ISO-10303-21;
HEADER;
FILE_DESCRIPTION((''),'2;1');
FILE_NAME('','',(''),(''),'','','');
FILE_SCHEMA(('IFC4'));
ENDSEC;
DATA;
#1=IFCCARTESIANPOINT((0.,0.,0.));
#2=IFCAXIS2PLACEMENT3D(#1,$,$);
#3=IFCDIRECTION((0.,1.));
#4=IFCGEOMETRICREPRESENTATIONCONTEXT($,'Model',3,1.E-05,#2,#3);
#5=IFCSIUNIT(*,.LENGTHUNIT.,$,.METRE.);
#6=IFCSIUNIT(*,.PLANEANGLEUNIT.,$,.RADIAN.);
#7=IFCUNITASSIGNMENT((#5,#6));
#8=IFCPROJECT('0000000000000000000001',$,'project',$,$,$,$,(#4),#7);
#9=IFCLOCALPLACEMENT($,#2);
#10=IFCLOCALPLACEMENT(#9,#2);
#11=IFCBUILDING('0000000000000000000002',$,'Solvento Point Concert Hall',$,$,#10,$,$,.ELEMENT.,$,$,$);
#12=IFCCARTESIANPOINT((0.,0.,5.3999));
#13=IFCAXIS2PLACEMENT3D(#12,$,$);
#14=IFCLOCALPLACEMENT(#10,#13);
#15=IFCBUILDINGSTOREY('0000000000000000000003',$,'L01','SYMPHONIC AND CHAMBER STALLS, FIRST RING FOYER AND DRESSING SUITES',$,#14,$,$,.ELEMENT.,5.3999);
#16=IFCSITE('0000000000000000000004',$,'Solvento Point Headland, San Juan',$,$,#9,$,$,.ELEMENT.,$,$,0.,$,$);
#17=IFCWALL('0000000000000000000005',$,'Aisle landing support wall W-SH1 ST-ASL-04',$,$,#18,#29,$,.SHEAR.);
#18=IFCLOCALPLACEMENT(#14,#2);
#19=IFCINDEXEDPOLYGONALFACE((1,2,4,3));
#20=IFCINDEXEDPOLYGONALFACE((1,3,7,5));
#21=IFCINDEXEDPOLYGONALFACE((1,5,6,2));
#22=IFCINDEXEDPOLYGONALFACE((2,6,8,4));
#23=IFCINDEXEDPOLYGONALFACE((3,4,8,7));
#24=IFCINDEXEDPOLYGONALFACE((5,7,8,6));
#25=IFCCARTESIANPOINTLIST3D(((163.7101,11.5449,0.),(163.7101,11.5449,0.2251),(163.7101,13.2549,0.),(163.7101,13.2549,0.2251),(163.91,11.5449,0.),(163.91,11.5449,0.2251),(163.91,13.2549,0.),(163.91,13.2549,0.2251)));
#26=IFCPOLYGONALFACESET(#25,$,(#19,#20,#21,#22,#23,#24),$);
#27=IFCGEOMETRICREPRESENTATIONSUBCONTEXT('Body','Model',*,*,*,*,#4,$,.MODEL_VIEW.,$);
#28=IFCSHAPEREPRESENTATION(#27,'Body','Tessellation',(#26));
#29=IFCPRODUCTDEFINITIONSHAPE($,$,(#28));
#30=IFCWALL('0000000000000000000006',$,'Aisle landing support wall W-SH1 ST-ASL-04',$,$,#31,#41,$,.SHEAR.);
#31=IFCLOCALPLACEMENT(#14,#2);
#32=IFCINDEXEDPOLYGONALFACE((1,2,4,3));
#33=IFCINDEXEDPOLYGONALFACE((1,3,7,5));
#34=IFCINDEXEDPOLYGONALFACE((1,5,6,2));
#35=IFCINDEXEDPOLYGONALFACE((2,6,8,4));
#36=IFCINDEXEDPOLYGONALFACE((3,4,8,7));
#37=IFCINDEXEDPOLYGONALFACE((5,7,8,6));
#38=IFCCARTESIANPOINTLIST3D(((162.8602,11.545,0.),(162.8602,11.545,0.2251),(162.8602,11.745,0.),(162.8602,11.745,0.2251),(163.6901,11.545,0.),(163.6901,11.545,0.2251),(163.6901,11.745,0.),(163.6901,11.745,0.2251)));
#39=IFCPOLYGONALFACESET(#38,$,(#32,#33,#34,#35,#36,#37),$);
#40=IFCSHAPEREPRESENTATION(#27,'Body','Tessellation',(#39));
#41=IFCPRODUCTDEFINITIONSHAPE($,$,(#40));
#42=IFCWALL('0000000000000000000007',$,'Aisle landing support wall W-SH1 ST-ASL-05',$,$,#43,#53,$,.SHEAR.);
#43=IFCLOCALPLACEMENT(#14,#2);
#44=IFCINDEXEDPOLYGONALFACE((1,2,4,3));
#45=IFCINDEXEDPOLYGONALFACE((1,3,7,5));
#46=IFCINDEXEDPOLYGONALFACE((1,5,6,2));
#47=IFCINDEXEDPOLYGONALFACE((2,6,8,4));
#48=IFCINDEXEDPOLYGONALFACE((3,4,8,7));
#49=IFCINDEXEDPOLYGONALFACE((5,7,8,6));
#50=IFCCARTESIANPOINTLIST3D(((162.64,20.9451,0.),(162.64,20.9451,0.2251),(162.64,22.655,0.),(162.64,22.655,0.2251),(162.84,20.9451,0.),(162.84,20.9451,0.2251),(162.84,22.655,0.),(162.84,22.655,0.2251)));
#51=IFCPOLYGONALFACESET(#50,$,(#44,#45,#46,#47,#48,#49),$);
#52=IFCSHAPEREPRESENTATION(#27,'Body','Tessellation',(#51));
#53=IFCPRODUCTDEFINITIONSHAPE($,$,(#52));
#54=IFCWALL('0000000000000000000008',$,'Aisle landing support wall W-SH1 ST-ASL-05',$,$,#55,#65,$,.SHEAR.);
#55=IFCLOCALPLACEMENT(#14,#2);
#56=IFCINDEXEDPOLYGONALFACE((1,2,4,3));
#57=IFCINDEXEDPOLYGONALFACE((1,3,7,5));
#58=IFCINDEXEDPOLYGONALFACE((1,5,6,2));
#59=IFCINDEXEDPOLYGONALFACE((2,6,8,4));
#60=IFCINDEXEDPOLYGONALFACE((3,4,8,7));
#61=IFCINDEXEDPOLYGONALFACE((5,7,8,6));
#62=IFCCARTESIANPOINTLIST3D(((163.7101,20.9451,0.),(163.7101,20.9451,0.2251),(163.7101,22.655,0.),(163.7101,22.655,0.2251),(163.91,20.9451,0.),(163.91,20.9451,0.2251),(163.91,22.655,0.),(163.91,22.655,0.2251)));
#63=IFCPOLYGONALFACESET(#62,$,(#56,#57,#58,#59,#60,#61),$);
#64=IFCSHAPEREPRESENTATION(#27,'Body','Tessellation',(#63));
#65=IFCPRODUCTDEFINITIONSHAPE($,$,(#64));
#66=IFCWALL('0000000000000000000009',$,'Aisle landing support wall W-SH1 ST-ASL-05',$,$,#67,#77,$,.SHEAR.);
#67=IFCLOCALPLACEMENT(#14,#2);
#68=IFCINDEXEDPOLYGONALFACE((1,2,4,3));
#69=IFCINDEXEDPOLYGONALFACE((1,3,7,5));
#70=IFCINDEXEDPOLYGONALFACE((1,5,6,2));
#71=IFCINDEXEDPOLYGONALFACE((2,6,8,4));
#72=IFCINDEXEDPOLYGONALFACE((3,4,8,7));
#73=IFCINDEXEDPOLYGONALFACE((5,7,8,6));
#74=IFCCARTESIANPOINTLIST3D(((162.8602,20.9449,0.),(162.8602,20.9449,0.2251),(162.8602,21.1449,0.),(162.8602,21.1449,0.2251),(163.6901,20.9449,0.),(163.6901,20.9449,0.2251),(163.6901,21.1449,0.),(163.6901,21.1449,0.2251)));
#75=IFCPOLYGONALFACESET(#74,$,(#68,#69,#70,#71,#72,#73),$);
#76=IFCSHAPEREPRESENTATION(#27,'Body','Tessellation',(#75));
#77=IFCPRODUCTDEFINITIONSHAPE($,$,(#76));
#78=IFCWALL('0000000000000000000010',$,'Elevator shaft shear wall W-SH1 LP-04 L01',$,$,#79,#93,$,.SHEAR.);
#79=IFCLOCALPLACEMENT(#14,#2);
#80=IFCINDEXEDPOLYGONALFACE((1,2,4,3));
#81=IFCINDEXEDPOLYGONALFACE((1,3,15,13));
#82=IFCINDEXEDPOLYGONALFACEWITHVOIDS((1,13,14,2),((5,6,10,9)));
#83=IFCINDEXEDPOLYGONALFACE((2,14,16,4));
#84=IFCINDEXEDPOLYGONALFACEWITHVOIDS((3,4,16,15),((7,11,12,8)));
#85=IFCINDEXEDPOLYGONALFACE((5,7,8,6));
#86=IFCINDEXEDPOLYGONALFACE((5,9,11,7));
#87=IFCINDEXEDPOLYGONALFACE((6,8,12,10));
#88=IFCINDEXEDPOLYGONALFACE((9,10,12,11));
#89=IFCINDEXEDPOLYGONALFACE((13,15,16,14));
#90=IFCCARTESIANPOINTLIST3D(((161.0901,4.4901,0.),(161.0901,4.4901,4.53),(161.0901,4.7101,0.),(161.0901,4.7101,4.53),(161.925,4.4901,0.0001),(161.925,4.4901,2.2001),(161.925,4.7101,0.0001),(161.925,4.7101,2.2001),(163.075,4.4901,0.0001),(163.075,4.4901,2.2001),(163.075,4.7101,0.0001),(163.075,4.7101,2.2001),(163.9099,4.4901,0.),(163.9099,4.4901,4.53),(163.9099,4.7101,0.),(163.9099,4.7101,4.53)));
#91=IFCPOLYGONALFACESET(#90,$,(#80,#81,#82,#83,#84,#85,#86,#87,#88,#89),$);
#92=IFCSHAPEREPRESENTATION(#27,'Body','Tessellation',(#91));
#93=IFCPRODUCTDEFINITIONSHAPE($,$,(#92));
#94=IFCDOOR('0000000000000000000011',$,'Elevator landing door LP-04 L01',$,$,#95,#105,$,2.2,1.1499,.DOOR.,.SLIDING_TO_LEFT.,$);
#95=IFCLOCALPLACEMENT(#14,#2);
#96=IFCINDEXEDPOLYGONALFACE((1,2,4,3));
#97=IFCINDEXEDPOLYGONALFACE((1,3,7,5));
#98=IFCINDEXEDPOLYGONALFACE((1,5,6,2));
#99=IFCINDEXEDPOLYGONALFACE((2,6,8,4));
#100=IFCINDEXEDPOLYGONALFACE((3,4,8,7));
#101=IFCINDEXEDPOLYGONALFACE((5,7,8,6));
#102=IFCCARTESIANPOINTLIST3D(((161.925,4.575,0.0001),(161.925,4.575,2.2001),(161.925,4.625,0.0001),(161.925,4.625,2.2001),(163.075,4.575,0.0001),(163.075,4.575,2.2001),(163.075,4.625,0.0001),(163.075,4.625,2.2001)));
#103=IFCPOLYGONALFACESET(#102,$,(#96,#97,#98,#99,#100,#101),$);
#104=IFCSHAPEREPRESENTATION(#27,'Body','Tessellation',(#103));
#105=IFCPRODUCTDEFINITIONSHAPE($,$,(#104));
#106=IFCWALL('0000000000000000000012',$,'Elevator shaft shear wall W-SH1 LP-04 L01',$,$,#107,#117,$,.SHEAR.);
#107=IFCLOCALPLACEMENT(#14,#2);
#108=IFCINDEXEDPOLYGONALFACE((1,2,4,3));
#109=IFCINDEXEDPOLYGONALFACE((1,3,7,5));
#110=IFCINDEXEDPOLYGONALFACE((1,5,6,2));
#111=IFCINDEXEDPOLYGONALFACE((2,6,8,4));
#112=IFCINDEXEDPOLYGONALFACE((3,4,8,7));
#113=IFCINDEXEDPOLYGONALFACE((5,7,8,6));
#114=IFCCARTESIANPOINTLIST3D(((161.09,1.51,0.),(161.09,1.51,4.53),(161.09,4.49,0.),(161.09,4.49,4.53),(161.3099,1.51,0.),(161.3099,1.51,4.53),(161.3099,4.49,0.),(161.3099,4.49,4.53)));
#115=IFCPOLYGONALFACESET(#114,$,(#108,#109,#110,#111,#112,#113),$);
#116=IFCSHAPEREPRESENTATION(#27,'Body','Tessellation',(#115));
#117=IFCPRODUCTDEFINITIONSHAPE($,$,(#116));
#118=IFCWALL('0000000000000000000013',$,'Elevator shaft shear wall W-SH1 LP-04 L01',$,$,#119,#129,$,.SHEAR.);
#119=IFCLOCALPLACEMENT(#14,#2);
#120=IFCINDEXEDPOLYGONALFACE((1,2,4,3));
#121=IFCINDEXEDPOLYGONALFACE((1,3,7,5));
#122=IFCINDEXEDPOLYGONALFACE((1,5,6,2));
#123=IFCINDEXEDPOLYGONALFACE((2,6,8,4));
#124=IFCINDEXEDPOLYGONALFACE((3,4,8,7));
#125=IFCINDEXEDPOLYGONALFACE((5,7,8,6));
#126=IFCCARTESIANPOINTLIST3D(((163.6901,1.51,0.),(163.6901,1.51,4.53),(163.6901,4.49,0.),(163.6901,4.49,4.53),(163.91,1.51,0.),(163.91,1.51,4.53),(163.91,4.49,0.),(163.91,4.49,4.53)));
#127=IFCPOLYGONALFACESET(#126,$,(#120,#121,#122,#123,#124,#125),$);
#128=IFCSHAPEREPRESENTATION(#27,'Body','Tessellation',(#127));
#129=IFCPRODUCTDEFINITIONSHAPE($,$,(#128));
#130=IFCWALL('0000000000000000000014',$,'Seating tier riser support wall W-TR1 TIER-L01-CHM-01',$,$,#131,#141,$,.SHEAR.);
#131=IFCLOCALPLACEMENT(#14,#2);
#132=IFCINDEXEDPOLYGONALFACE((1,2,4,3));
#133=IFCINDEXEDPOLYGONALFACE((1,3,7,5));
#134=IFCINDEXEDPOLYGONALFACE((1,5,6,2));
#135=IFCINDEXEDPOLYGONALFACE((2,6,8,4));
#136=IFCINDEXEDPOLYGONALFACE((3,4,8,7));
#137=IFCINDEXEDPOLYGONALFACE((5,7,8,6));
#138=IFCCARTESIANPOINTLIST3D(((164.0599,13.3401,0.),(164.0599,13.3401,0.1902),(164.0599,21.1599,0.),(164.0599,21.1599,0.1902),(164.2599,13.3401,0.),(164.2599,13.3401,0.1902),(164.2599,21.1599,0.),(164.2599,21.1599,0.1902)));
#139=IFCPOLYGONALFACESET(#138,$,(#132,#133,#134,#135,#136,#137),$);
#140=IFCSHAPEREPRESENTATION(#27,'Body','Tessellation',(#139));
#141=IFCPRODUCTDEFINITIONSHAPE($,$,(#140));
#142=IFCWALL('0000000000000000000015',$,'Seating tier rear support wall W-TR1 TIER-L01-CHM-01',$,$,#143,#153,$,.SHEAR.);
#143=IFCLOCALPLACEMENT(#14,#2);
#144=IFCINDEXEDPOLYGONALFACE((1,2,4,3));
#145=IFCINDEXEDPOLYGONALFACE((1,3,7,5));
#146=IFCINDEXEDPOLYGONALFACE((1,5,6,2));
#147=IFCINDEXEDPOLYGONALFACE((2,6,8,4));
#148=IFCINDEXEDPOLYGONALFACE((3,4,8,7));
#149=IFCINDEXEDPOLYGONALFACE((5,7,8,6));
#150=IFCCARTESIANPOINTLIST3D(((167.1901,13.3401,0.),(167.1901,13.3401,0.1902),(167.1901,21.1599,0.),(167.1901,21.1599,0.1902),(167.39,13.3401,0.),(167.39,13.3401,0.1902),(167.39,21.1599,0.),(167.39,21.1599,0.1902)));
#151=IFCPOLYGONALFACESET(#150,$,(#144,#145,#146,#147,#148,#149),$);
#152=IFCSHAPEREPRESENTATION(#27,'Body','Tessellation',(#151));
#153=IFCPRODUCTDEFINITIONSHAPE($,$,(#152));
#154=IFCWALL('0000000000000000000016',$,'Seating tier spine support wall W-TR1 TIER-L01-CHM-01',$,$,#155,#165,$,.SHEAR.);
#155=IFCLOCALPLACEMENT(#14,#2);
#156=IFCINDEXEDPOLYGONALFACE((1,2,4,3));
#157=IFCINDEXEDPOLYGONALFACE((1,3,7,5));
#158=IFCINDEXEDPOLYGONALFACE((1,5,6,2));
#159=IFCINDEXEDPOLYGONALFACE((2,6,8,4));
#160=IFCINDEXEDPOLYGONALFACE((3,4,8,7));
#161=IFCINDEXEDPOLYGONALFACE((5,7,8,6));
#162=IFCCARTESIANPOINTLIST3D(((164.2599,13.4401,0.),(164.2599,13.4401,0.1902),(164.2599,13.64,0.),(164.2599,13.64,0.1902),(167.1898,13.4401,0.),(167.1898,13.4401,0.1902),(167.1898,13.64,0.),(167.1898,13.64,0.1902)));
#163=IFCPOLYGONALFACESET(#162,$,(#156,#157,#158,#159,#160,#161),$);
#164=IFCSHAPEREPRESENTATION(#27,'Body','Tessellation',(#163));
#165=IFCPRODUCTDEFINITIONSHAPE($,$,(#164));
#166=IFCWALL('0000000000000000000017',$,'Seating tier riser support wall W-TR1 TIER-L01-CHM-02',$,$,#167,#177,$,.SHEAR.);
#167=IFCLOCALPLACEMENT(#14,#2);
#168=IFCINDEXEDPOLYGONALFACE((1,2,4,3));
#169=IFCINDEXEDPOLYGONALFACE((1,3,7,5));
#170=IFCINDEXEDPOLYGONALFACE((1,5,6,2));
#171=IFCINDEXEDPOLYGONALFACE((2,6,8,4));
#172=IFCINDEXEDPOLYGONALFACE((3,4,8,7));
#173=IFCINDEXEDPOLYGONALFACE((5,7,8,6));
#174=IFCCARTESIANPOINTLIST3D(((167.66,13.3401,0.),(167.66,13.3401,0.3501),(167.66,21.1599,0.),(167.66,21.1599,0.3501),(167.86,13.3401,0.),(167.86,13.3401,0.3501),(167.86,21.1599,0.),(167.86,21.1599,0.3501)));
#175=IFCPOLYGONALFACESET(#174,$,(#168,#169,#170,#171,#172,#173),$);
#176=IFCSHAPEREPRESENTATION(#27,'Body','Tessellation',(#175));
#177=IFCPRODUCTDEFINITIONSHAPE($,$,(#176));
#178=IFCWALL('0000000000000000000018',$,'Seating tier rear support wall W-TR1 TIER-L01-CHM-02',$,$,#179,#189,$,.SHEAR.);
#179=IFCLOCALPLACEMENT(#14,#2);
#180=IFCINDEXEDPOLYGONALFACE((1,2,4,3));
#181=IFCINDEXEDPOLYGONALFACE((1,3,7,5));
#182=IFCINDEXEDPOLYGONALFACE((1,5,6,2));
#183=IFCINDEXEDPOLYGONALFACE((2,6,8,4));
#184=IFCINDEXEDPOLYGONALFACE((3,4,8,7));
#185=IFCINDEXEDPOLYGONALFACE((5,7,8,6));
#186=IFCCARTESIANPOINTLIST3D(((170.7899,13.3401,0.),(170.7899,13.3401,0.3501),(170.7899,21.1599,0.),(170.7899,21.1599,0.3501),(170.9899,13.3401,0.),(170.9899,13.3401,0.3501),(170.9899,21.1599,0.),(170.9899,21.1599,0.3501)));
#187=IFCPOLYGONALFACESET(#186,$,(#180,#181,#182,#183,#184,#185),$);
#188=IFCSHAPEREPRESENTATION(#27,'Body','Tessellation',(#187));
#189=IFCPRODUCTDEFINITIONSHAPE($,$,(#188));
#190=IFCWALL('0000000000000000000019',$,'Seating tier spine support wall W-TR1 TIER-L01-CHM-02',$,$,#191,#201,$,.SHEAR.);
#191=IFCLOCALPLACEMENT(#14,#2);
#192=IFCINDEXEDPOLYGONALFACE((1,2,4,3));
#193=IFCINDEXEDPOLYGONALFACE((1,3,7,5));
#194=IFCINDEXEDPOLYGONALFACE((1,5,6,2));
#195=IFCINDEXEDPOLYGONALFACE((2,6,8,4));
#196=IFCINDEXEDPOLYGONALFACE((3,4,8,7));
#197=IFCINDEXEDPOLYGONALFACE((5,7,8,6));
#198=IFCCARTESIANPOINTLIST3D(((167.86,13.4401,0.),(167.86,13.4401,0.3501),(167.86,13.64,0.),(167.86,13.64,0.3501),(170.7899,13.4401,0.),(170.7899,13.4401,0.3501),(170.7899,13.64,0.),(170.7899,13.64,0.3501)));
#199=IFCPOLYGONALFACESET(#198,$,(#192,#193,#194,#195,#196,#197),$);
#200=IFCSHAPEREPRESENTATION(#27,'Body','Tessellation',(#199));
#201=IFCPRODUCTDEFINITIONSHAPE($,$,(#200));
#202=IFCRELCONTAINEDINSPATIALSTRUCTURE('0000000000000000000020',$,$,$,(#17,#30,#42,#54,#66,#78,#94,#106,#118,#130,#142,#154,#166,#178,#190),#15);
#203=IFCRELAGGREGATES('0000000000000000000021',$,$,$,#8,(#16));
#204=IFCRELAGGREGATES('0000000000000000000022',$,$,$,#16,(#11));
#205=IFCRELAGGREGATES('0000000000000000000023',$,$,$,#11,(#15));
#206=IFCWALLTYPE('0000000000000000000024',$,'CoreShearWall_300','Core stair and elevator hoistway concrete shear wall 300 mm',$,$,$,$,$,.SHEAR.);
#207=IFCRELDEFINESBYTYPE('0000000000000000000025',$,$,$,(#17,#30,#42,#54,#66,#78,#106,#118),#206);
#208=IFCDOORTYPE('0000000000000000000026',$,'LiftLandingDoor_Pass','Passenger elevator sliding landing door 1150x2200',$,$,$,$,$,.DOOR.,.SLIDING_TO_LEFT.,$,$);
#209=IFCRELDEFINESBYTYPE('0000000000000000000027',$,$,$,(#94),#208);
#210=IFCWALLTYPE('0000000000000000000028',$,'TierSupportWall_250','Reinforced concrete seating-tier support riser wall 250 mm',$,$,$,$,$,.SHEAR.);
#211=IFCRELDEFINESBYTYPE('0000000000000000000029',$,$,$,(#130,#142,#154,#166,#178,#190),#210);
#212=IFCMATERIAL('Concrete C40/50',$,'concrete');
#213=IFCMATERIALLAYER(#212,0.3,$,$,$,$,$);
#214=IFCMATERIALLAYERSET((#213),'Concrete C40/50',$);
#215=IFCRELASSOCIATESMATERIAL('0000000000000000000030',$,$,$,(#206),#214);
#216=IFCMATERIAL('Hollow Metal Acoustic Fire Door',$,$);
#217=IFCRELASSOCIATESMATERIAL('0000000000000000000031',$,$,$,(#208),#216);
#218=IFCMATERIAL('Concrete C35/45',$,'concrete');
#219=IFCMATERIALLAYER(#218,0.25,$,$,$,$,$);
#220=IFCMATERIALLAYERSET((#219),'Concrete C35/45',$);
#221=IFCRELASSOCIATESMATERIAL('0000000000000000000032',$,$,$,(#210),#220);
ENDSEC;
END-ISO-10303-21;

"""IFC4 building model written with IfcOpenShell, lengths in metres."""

from ifc_helpers import new_model, si_unit, direction, frame, frame_2d, origin, place, context, subcontext, project, spatial, rectangle, extrude, material, layer, layer_set, type_object, element, fill, save


model = new_model("IFC4")

# Units and contexts
model_context = context("Model", 3, precision=1e-05, world=origin(), true_north=direction((0.0, 1.0)))
body_context = subcontext(model_context, "Body", "Model", "MODEL_VIEW")
ifc_project = project(units=[si_unit("LENGTHUNIT", "METRE"), si_unit("PLANEANGLEUNIT", "RADIAN")], contexts=[model_context])

# Site, building, storey
site_placement = place(None, origin())
site = spatial("IfcSite", under=ifc_project, at=site_placement, Name="Solvento Point Headland, San Juan", CompositionType="ELEMENT", RefElevation=0.0)
building_placement = place(site_placement, origin())
building = spatial("IfcBuilding", under=site, at=building_placement, Name="Solvento Point Concert Hall", CompositionType="ELEMENT")
storey_placement = place(building_placement, frame((0.0, 0.0, 5.3999)))
storey = spatial("IfcBuildingStorey", under=building, at=storey_placement, Name="L01", Description="SYMPHONIC AND CHAMBER STALLS, FIRST RING FOYER AND DRESSING SUITES", CompositionType="ELEMENT", Elevation=5.3999)

# Walls
ifc_material_1 = material(Name="Concrete C40/50", Category="concrete")
ifc_layer_1 = layer(ifc_material_1, 0.3)
ifc_layer_set_1 = layer_set([ifc_layer_1], Name="Concrete C40/50")
wall_type_1 = type_object("IfcWallType", Name="CoreShearWall_300", Description="Core stair and elevator hoistway concrete shear wall 300 mm", PredefinedType="SHEAR", material=ifc_layer_set_1)
for number, where, z_axis, x_axis, name in (
    (1, (163.8101, 11.5449, 0.0), (0.0, 0.0, 1.0), (0.0, 1.0, 0.0), "Aisle landing support wall W-SH1 ST-ASL-04"),
):
    element("IfcWall", number, at=place(storey_placement, frame(where, z_axis=z_axis, x_axis=x_axis)), inside=storey, type_object=wall_type_1, Name=name, PredefinedType="SHEAR", context=body_context, shape_type="SweptSolid", body=[
        extrude(rectangle(XDim=1.71, YDim=0.2, at=frame_2d((0.855, 0.0))), origin(), (0.0, 0.0, 1.0), 0.2251),
    ])
wall_1_placement = place(storey_placement, frame((162.8601, 11.645, 0.0), z_axis=(0.0, 0.0, 1.0), x_axis=(1.0, 0.0, 0.0)))
element("IfcWall", 2, at=wall_1_placement, inside=storey, type_object=wall_type_1, Name="Aisle landing support wall W-SH1 ST-ASL-04", PredefinedType="SHEAR", context=body_context, shape_type="SweptSolid", body=[
    extrude(rectangle(XDim=0.8298, YDim=0.2, at=frame_2d((0.415, 0.0))), origin(), (0.0, 0.0, 1.0), 0.2251),
])
for number, where, z_axis, x_axis, name in (
    (3, (162.74, 20.9451, 0.0), (0.0, 0.0, 1.0), (0.0, 1.0, 0.0), "Aisle landing support wall W-SH1 ST-ASL-05"),
    (4, (163.8101, 20.9451, 0.0), (0.0, 0.0, 1.0), (0.0, 1.0, 0.0), "Aisle landing support wall W-SH1 ST-ASL-05"),
):
    element("IfcWall", number, at=place(storey_placement, frame(where, z_axis=z_axis, x_axis=x_axis)), inside=storey, type_object=wall_type_1, Name=name, PredefinedType="SHEAR", context=body_context, shape_type="SweptSolid", body=[
        extrude(rectangle(XDim=1.71, YDim=0.2, at=frame_2d((0.855, 0.0))), origin(), (0.0, 0.0, 1.0), 0.2251),
    ])
wall_2_placement = place(storey_placement, frame((162.8601, 21.0449, 0.0), z_axis=(0.0, 0.0, 1.0), x_axis=(1.0, 0.0, 0.0)))
element("IfcWall", 5, at=wall_2_placement, inside=storey, type_object=wall_type_1, Name="Aisle landing support wall W-SH1 ST-ASL-05", PredefinedType="SHEAR", context=body_context, shape_type="SweptSolid", body=[
    extrude(rectangle(XDim=0.8298, YDim=0.2, at=frame_2d((0.415, 0.0))), origin(), (0.0, 0.0, 1.0), 0.2251),
])

# Wall, opening, door
wall_3_placement = place(storey_placement, frame((161.0901, 4.6001, 0.0), z_axis=(0.0, 0.0, 1.0), x_axis=(1.0, 0.0, 0.0)))
wall_3 = element("IfcWall", 6, at=wall_3_placement, inside=storey, type_object=wall_type_1, Name="Elevator shaft shear wall W-SH1 LP-04 L01", PredefinedType="SHEAR", context=body_context, shape_type="SweptSolid", body=[
    extrude(rectangle(XDim=2.8198, YDim=0.22, at=frame_2d((1.4099, 0.0))), origin(), (0.0, 0.0, 1.0), 4.53),
])
opening_1_placement = place(wall_3_placement, frame((0.835, 0.0, 0.0)))
opening_1 = element("IfcOpeningElement", 7, at=opening_1_placement, cuts=wall_3, PredefinedType="OPENING", context=body_context, shape_type="SweptSolid", body=[
    extrude(rectangle(XDim=1.1499, YDim=2.2, at=frame_2d((0.575, 1.1001))), frame((0.0, 0.1199, 0.0), z_axis=(0.0, -1.0, 0.0), x_axis=(1.0, 0.0, 0.0)), (0.0, 0.0, 1.0), 0.24),
])
ifc_material_2 = material(Name="Hollow Metal Acoustic Fire Door")
door_type_1 = type_object("IfcDoorType", Name="LiftLandingDoor_Pass", Description="Passenger elevator sliding landing door 1150x2200", OperationType="SLIDING_TO_LEFT", PredefinedType="DOOR", material=ifc_material_2)
door_1_placement = place(opening_1_placement, origin())
door_1 = element("IfcDoor", 8, at=door_1_placement, inside=storey, type_object=door_type_1, Name="Elevator landing door LP-04 L01", OperationType="SLIDING_TO_LEFT", OverallHeight=2.2, OverallWidth=1.1499, PredefinedType="DOOR", context=body_context, shape_type="SweptSolid", body=[
    extrude(rectangle(XDim=1.1499, YDim=2.2, at=frame_2d((0.575, 1.1001))), frame((0.0, 0.0249, 0.0), z_axis=(0.0, -1.0, 0.0), x_axis=(1.0, 0.0, 0.0)), (0.0, 0.0, 1.0), 0.05),
])
fill(opening_1, door_1)

# Walls
for number, where, z_axis, x_axis, name in (
    (9, (161.2, 1.51, 0.0), (0.0, 0.0, 1.0), (0.0, 1.0, 0.0), "Elevator shaft shear wall W-SH1 LP-04 L01"),
    (10, (163.8, 1.51, 0.0), (0.0, 0.0, 1.0), (0.0, 1.0, 0.0), "Elevator shaft shear wall W-SH1 LP-04 L01"),
):
    element("IfcWall", number, at=place(storey_placement, frame(where, z_axis=z_axis, x_axis=x_axis)), inside=storey, type_object=wall_type_1, Name=name, PredefinedType="SHEAR", context=body_context, shape_type="SweptSolid", body=[
        extrude(rectangle(XDim=2.98, YDim=0.22, at=frame_2d((1.49, 0.0))), origin(), (0.0, 0.0, 1.0), 4.53),
    ])
ifc_material_3 = material(Name="Concrete C35/45", Category="concrete")
ifc_layer_2 = layer(ifc_material_3, 0.25)
ifc_layer_set_2 = layer_set([ifc_layer_2], Name="Concrete C35/45")
wall_type_2 = type_object("IfcWallType", Name="TierSupportWall_250", Description="Reinforced concrete seating-tier support riser wall 250 mm", PredefinedType="SHEAR", material=ifc_layer_set_2)
for number, where, z_axis, x_axis, name in (
    (11, (164.1599, 13.3401, 0.0), (0.0, 0.0, 1.0), (0.0, 1.0, 0.0), "Seating tier riser support wall W-TR1 TIER-L01-CHM-01"),
    (12, (167.29, 13.3401, 0.0), (0.0, 0.0, 1.0), (0.0, 1.0, 0.0), "Seating tier rear support wall W-TR1 TIER-L01-CHM-01"),
):
    element("IfcWall", number, at=place(storey_placement, frame(where, z_axis=z_axis, x_axis=x_axis)), inside=storey, type_object=wall_type_2, Name=name, PredefinedType="SHEAR", context=body_context, shape_type="SweptSolid", body=[
        extrude(rectangle(XDim=7.8198, YDim=0.2, at=frame_2d((3.9099, 0.0))), origin(), (0.0, 0.0, 1.0), 0.1902),
    ])
wall_4_placement = place(storey_placement, frame((164.26, 13.54, 0.0), z_axis=(0.0, 0.0, 1.0), x_axis=(1.0, 0.0, 0.0)))
element("IfcWall", 13, at=wall_4_placement, inside=storey, type_object=wall_type_2, Name="Seating tier spine support wall W-TR1 TIER-L01-CHM-01", PredefinedType="SHEAR", context=body_context, shape_type="SweptSolid", body=[
    extrude(rectangle(XDim=2.9299, YDim=0.2, at=frame_2d((1.4648, 0.0))), origin(), (0.0, 0.0, 1.0), 0.1902),
])
for number, where, z_axis, x_axis, name in (
    (14, (167.76, 13.3401, 0.0), (0.0, 0.0, 1.0), (0.0, 1.0, 0.0), "Seating tier riser support wall W-TR1 TIER-L01-CHM-02"),
    (15, (170.8899, 13.3401, 0.0), (0.0, 0.0, 1.0), (0.0, 1.0, 0.0), "Seating tier rear support wall W-TR1 TIER-L01-CHM-02"),
):
    element("IfcWall", number, at=place(storey_placement, frame(where, z_axis=z_axis, x_axis=x_axis)), inside=storey, type_object=wall_type_2, Name=name, PredefinedType="SHEAR", context=body_context, shape_type="SweptSolid", body=[
        extrude(rectangle(XDim=7.8198, YDim=0.2, at=frame_2d((3.9099, 0.0))), origin(), (0.0, 0.0, 1.0), 0.3501),
    ])
wall_5_placement = place(storey_placement, frame((167.8601, 13.54, 0.0), z_axis=(0.0, 0.0, 1.0), x_axis=(1.0, 0.0, 0.0)))
element("IfcWall", 16, at=wall_5_placement, inside=storey, type_object=wall_type_2, Name="Seating tier spine support wall W-TR1 TIER-L01-CHM-02", PredefinedType="SHEAR", context=body_context, shape_type="SweptSolid", body=[
    extrude(rectangle(XDim=2.9299, YDim=0.2, at=frame_2d((1.4648, 0.0))), origin(), (0.0, 0.0, 1.0), 0.3501),
])

save(model, "model.ifc")
